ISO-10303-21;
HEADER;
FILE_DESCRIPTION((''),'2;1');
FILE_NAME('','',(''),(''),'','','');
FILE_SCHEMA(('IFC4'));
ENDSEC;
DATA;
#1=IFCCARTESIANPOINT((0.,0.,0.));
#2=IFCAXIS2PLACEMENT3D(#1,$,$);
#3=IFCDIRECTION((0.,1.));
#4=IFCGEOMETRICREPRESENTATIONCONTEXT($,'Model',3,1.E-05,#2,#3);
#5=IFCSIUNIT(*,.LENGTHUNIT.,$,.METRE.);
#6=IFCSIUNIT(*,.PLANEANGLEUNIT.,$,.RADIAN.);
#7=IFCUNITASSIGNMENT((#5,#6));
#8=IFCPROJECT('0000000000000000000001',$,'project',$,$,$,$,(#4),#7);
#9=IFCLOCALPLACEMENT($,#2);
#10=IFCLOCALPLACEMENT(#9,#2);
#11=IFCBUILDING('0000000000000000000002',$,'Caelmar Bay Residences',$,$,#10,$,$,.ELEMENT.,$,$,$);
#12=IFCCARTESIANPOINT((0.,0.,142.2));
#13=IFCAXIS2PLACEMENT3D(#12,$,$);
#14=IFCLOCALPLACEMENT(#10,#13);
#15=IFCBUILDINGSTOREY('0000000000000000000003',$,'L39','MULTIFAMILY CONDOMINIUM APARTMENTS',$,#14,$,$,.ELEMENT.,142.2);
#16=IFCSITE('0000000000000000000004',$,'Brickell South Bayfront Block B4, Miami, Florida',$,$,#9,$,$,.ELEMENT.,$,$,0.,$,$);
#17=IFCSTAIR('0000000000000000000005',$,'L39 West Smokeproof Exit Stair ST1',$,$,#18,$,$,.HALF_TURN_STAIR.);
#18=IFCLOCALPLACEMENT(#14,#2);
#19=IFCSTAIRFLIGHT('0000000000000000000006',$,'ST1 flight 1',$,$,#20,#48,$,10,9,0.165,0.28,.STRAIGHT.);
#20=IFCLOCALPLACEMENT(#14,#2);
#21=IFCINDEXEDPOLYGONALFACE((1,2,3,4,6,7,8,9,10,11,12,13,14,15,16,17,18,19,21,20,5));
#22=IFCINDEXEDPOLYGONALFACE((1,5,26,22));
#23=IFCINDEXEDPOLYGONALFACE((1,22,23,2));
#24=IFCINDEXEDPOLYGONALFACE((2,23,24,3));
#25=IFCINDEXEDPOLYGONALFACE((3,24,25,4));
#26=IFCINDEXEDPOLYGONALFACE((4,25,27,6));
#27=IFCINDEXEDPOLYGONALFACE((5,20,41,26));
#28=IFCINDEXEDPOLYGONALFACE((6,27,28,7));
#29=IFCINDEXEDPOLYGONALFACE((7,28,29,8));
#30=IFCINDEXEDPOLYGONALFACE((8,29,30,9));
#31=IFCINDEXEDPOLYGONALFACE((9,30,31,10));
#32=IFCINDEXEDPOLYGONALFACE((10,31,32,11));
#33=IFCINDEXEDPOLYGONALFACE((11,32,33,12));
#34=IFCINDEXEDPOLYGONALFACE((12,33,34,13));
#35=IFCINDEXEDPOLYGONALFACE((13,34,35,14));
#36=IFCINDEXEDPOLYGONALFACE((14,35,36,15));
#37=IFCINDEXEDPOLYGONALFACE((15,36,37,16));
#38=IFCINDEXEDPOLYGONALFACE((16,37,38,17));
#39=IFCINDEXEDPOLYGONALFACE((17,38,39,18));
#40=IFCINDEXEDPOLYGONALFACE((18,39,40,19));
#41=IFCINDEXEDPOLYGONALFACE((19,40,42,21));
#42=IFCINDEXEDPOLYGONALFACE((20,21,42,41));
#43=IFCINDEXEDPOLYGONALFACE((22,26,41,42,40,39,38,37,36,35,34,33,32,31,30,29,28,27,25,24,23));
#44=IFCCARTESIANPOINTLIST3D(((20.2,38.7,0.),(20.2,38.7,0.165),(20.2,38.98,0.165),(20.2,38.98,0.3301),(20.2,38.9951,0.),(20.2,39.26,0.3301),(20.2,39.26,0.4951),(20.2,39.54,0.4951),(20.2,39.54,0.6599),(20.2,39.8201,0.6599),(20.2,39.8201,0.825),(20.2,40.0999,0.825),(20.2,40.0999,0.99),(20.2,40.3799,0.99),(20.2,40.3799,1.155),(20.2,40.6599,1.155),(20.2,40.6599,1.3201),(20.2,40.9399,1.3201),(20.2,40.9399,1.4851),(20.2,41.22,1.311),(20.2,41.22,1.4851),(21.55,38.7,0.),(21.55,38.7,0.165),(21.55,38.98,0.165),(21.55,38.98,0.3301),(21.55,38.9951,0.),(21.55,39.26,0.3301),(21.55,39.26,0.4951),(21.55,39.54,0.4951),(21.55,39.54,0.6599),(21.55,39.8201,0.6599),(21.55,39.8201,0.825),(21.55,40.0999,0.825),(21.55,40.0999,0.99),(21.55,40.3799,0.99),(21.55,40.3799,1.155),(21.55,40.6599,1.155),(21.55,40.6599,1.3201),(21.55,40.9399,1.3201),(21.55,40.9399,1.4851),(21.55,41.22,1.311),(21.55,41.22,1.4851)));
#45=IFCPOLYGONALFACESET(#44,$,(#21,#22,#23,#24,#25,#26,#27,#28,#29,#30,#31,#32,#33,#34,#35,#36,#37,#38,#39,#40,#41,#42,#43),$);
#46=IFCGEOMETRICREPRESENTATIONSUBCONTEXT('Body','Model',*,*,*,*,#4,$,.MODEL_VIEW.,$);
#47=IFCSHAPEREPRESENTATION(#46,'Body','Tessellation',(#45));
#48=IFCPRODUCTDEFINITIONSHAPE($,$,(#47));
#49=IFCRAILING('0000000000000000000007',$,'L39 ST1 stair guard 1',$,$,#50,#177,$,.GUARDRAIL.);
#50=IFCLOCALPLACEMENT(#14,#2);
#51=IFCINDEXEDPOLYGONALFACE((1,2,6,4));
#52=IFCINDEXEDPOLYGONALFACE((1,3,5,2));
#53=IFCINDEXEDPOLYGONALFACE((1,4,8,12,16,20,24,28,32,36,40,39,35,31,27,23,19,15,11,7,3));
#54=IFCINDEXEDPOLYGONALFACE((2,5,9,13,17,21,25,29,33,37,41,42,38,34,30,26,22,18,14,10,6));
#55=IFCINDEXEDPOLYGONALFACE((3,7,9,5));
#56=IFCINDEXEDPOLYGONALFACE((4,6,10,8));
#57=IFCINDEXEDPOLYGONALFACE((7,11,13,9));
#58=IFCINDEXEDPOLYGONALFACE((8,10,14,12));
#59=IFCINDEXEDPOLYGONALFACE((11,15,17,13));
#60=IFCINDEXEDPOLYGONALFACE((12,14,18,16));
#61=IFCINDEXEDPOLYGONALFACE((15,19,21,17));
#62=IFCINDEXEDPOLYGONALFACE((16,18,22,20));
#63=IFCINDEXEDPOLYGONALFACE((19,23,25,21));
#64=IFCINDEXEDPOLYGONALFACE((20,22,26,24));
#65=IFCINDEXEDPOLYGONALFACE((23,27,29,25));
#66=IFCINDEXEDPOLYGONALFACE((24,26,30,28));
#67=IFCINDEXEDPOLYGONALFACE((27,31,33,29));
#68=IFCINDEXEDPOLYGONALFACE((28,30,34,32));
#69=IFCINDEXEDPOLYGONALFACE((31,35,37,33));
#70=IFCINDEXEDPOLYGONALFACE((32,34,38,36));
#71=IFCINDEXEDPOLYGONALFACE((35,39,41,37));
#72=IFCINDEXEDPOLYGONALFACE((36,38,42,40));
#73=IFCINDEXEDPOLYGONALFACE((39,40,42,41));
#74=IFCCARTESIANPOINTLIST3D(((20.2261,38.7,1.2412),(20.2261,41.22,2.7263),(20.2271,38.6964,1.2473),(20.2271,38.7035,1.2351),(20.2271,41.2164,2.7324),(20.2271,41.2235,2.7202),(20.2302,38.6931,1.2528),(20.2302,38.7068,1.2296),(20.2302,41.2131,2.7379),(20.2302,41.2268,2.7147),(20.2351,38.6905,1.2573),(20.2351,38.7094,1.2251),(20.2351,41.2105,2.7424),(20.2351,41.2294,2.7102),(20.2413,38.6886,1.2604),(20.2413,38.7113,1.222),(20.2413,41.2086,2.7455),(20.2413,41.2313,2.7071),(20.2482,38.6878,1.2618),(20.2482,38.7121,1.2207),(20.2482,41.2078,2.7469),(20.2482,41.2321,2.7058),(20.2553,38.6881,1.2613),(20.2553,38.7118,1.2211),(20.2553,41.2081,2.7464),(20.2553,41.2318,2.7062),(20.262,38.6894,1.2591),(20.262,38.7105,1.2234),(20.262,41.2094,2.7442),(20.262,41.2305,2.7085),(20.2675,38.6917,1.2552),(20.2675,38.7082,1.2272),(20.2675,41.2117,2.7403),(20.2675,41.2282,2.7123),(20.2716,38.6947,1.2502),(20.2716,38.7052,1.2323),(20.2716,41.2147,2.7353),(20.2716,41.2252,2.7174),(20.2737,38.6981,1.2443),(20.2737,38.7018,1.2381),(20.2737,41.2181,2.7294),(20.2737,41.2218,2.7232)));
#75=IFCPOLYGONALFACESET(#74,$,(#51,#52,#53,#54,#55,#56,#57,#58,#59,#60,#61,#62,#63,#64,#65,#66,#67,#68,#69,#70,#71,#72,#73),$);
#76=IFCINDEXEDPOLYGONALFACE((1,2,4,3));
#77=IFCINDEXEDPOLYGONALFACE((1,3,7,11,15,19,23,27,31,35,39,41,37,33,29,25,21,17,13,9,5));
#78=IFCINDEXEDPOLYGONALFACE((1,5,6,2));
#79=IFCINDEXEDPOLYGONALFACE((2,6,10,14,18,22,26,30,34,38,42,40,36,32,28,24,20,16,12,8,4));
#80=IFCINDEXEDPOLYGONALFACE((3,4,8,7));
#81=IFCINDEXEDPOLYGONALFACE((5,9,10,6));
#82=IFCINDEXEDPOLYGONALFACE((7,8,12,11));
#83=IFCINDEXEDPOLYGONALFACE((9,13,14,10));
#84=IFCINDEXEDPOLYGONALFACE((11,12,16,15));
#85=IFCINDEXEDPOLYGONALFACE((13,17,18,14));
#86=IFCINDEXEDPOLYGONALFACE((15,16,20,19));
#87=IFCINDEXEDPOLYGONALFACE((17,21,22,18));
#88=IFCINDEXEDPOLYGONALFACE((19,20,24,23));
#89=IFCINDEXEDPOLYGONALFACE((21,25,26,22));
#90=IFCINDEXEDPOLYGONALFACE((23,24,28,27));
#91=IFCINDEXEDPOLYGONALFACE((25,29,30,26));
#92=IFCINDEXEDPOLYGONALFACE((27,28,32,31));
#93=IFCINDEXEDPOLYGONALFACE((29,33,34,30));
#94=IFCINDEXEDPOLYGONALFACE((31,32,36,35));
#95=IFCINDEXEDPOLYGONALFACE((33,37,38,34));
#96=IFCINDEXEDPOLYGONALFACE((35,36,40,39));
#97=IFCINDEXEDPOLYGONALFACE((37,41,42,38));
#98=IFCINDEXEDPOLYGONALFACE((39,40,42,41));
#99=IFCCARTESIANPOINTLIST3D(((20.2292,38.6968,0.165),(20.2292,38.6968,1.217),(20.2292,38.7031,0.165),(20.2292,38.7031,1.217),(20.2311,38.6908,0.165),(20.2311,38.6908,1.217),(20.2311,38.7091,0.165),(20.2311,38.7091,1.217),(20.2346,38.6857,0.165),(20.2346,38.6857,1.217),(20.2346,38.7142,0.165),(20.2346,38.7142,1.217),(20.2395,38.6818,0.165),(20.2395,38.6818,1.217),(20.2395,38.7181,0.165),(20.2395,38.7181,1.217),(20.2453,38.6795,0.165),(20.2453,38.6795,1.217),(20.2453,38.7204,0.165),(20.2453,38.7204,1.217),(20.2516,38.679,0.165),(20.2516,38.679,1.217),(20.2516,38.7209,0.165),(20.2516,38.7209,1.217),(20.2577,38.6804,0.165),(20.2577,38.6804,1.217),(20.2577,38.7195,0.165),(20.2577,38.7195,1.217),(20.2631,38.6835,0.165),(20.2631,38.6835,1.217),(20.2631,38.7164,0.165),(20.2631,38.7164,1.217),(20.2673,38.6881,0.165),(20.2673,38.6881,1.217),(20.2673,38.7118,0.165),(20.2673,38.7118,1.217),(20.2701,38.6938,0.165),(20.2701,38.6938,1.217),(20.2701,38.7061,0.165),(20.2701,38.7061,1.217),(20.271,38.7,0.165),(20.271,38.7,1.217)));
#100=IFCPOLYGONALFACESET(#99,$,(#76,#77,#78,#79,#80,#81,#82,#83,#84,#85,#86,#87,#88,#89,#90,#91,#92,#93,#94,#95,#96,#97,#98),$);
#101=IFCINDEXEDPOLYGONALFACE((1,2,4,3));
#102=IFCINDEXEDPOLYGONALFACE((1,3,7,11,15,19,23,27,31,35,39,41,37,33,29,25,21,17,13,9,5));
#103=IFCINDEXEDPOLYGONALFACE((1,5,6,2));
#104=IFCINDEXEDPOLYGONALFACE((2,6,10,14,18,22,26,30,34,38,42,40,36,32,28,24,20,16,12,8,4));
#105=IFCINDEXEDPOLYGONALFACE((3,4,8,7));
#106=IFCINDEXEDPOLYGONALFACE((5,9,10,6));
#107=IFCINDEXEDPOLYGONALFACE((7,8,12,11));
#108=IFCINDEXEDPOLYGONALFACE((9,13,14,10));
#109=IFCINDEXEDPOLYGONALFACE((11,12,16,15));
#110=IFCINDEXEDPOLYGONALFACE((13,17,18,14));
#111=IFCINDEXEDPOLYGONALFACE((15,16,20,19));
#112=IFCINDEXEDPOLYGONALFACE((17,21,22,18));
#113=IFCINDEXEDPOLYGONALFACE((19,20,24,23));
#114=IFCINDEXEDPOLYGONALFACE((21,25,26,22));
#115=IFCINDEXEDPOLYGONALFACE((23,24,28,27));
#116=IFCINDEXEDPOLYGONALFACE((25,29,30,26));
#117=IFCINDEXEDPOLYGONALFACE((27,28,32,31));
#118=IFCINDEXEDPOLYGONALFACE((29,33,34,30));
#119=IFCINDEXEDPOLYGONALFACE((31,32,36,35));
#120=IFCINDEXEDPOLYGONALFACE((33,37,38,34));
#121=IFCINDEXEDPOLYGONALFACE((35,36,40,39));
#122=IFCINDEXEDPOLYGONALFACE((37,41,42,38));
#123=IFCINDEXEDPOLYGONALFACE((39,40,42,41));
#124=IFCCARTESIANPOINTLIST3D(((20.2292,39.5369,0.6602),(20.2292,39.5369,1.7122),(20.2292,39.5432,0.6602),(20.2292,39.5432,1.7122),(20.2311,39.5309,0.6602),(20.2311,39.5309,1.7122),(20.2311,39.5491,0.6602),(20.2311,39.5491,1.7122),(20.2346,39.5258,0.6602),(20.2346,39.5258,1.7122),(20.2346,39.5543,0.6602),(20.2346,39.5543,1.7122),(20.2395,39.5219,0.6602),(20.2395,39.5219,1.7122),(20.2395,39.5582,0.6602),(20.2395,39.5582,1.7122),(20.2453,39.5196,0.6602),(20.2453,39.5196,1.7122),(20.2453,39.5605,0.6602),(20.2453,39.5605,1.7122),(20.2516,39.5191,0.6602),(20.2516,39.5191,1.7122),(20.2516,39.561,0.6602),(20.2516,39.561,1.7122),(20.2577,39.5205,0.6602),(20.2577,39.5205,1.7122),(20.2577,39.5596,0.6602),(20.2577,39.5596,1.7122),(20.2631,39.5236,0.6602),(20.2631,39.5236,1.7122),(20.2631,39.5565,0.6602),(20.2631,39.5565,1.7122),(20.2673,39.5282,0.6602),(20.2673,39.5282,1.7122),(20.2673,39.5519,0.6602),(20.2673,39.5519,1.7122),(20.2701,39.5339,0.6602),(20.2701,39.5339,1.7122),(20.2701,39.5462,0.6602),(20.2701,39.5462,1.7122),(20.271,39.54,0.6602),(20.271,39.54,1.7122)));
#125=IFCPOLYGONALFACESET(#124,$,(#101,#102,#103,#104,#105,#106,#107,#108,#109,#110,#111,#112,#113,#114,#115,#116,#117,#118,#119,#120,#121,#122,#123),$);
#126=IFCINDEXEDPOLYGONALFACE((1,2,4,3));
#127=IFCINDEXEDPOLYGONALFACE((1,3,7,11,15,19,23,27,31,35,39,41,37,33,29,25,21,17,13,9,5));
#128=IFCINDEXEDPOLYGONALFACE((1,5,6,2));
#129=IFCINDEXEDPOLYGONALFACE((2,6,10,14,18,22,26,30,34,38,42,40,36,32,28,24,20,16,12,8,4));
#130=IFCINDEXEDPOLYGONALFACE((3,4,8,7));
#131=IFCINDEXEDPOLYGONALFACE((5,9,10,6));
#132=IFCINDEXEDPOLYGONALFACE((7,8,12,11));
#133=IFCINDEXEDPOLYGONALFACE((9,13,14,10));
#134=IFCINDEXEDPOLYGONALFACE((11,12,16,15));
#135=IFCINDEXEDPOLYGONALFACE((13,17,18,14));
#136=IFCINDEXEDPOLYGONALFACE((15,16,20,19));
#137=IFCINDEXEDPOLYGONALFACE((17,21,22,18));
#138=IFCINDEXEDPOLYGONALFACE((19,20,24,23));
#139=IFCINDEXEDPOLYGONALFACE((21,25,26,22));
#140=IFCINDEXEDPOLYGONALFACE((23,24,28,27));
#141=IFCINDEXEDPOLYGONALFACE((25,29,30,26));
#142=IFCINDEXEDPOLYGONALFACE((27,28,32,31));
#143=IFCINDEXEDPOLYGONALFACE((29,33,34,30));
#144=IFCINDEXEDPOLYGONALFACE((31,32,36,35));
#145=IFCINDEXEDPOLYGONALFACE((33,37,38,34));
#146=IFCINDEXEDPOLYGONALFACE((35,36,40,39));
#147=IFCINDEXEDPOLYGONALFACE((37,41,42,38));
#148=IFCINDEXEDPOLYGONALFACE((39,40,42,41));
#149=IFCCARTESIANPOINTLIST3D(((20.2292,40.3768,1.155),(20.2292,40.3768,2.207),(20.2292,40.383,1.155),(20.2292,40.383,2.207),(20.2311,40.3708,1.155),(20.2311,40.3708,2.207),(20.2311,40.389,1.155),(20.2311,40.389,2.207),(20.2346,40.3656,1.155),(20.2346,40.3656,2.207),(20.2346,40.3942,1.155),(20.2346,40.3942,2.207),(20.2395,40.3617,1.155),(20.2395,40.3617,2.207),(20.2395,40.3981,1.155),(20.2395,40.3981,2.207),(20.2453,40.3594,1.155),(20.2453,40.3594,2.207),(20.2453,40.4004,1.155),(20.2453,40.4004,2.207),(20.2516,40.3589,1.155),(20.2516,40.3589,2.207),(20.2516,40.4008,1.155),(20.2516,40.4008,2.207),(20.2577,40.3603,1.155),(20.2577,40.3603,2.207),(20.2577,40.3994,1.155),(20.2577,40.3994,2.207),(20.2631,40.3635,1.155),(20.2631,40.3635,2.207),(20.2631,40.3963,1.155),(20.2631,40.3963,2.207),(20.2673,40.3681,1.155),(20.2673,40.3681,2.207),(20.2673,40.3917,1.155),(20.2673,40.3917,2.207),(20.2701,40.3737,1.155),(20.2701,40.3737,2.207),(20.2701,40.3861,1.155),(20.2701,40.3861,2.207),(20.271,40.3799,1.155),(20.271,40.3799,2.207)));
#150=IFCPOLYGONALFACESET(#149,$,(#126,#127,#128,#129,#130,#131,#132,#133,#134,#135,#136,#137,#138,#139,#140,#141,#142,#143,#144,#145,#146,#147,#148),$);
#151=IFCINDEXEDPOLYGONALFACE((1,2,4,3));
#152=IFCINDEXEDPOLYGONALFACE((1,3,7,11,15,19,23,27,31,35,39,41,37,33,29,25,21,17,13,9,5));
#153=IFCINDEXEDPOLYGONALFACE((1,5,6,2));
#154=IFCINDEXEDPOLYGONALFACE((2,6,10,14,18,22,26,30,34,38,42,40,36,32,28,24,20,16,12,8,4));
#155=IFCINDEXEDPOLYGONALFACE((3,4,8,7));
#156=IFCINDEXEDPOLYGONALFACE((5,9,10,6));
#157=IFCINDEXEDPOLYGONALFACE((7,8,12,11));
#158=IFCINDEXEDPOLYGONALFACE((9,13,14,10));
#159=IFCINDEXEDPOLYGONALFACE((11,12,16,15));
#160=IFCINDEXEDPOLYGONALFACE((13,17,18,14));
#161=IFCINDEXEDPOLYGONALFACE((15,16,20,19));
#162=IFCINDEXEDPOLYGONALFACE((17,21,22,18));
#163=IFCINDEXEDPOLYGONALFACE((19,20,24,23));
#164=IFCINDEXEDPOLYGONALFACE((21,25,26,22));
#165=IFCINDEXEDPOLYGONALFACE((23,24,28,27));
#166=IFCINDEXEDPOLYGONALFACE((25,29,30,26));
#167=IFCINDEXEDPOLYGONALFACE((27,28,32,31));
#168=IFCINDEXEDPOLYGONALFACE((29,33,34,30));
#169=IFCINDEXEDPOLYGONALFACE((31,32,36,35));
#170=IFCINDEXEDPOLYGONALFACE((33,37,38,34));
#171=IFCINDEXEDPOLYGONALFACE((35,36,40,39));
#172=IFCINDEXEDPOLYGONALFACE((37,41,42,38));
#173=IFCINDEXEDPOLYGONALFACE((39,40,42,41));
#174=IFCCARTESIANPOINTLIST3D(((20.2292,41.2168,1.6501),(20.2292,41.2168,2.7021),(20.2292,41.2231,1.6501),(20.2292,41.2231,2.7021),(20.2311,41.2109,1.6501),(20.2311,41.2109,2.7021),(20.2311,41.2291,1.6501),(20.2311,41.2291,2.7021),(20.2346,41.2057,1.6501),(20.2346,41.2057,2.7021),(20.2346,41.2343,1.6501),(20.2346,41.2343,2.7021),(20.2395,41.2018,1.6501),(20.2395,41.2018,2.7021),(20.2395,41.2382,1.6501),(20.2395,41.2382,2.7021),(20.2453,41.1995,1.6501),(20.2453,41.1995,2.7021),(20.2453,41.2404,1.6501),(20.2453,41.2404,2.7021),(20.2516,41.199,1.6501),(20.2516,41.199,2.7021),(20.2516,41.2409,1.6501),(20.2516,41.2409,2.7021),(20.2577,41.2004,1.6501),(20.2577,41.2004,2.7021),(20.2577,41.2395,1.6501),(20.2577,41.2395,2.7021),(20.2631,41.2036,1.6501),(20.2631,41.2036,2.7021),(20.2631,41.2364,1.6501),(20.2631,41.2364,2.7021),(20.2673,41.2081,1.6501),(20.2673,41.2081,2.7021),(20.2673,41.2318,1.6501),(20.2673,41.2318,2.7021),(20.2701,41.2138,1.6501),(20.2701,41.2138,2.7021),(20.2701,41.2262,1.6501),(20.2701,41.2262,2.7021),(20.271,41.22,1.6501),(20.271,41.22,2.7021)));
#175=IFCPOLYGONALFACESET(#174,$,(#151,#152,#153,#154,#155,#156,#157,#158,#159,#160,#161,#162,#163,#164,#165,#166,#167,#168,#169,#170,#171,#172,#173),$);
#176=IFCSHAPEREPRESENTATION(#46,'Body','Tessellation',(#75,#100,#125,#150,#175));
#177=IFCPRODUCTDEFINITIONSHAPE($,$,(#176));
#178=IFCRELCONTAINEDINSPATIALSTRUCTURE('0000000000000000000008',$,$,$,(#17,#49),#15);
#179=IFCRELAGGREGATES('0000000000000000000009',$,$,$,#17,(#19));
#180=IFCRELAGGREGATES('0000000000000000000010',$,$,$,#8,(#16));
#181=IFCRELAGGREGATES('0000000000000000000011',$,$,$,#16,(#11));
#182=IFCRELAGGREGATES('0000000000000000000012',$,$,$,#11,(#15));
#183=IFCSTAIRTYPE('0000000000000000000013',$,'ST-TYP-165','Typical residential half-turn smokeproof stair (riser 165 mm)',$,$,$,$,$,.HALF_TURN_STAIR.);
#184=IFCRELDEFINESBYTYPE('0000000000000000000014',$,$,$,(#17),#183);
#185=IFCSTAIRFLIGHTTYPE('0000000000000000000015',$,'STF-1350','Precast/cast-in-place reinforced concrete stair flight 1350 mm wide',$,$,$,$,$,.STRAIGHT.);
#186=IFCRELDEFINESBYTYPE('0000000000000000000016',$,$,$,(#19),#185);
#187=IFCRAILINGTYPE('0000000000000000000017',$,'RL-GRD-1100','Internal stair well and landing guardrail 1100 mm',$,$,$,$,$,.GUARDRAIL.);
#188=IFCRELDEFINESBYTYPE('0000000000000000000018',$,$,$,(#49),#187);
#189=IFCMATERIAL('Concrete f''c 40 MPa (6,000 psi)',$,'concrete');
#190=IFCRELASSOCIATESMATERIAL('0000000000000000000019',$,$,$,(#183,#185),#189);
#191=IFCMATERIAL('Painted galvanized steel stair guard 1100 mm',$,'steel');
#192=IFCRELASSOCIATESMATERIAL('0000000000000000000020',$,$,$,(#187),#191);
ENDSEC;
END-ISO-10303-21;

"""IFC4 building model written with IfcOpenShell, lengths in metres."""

from ifc_helpers import new_model, si_unit, direction, frame, origin, origin_2d, place, context, subcontext, project, spatial, polyline, circle, outline, extrude, material, type_object, element, aggregate, save


model = new_model("IFC4")

# Units and contexts
model_context = context("Model", 3, precision=1e-05, world=origin(), true_north=direction((0.0, 1.0)))
body_context = subcontext(model_context, "Body", "Model", "MODEL_VIEW")
ifc_project = project(units=[si_unit("LENGTHUNIT", "METRE"), si_unit("PLANEANGLEUNIT", "RADIAN")], contexts=[model_context])

# Site, building, storey
site_placement = place(None, origin())
site = spatial("IfcSite", under=ifc_project, at=site_placement, Name="Brickell South Bayfront Block B4, Miami, Florida", CompositionType="ELEMENT", RefElevation=0.0)
building_placement = place(site_placement, origin())
building = spatial("IfcBuilding", under=site, at=building_placement, Name="Caelmar Bay Residences", CompositionType="ELEMENT")
storey_placement = place(building_placement, frame((0.0, 0.0, 142.2)))
storey = spatial("IfcBuildingStorey", under=building, at=storey_placement, Name="L39", Description="MULTIFAMILY CONDOMINIUM APARTMENTS", CompositionType="ELEMENT", Elevation=142.2)

# Stair, stair flight
ifc_material_1 = material(Name="Concrete f'c 40 MPa (6,000 psi)", Category="concrete")
stair_type = type_object("IfcStairType", Name="ST-TYP-165", Description="Typical residential half-turn smokeproof stair (riser 165 mm)", PredefinedType="HALF_TURN_STAIR", material=ifc_material_1)
stair_placement = place(storey_placement, origin())
stair = element("IfcStair", 1, at=stair_placement, inside=storey, type_object=stair_type, Name="L39 West Smokeproof Exit Stair ST1", PredefinedType="HALF_TURN_STAIR")
stair_flight_type = type_object("IfcStairFlightType", Name="STF-1350", Description="Precast/cast-in-place reinforced concrete stair flight 1350 mm wide", PredefinedType="STRAIGHT", material=ifc_material_1)
stair_flight_placement = place(storey_placement, frame((20.875, 38.7, 0.0), z_axis=(0.0, 0.0, 1.0), x_axis=(0.0, 1.0, 0.0)))
stair_flight = element("IfcStairFlight", 2, at=stair_flight_placement, type_object=stair_flight_type, Name="ST1 flight 1", NumberOfRisers=10, NumberOfTreads=9, PredefinedType="STRAIGHT", RiserHeight=0.165, TreadLength=0.28, context=body_context, shape_type="SweptSolid", body=[
    extrude(outline(polyline([(0.0, 0.0), (0.0, 0.165), (0.28, 0.165), (0.28, 0.3301), (0.5601, 0.3301), (0.5601, 0.4951), (0.8401, 0.4951), (0.8401, 0.6599), (1.1201, 0.6599), (1.1201, 0.825), (1.3999, 0.825), (1.3999, 0.99), (1.6799, 0.99), (1.6799, 1.155), (1.96, 1.155), (1.96, 1.3201), (2.24, 1.3201), (2.24, 1.4851), (2.52, 1.4851), (2.52, 1.6499), (2.52, 1.311), (0.2952, 0.0), (0.0, 0.0)])), frame((0.0, 0.675, 0.0), z_axis=(0.0, -1.0, 0.0), x_axis=(1.0, 0.0, 0.0)), (0.0, 0.0, 1.0), 1.3501),
])
aggregate(stair, [stair_flight])

# Railing
ifc_material_2 = material(Name="Painted galvanized steel stair guard 1100 mm", Category="steel")
railing_type_1 = type_object("IfcRailingType", Name="RL-GRD-1100", Description="Internal stair well and landing guardrail 1100 mm", PredefinedType="GUARDRAIL", material=ifc_material_2)
railing_1_placement = place(storey_placement, frame((20.25, 38.7, 0.165)))
element("IfcRailing", 3, at=railing_1_placement, inside=storey, type_object=railing_type_1, Name="L39 ST1 stair guard 1", PredefinedType="GUARDRAIL", context=body_context, shape_type="SweptSolid", body=[
    extrude(circle(Radius=0.0239, at=origin_2d()), frame((0.0, 0.0, 1.0762), z_axis=(0.0, 0.861524, 0.507717), x_axis=(-1.0, 0.0, 0.0)), (0.0, 0.0, 1.0), 2.925),
    extrude(circle(Radius=0.021, at=origin_2d()), origin(), (0.0, 0.0, 1.0), 1.052),
    extrude(circle(Radius=0.021, at=origin_2d()), frame((0.0, 0.8401, 0.4951)), (0.0, 0.0, 1.0), 1.052),
    extrude(circle(Radius=0.021, at=origin_2d()), frame((0.0, 1.6799, 0.99)), (0.0, 0.0, 1.0), 1.052),
    extrude(circle(Radius=0.021, at=origin_2d()), frame((0.0, 2.52, 1.4851)), (0.0, 0.0, 1.0), 1.052),
])

save(model, "model.ifc")
